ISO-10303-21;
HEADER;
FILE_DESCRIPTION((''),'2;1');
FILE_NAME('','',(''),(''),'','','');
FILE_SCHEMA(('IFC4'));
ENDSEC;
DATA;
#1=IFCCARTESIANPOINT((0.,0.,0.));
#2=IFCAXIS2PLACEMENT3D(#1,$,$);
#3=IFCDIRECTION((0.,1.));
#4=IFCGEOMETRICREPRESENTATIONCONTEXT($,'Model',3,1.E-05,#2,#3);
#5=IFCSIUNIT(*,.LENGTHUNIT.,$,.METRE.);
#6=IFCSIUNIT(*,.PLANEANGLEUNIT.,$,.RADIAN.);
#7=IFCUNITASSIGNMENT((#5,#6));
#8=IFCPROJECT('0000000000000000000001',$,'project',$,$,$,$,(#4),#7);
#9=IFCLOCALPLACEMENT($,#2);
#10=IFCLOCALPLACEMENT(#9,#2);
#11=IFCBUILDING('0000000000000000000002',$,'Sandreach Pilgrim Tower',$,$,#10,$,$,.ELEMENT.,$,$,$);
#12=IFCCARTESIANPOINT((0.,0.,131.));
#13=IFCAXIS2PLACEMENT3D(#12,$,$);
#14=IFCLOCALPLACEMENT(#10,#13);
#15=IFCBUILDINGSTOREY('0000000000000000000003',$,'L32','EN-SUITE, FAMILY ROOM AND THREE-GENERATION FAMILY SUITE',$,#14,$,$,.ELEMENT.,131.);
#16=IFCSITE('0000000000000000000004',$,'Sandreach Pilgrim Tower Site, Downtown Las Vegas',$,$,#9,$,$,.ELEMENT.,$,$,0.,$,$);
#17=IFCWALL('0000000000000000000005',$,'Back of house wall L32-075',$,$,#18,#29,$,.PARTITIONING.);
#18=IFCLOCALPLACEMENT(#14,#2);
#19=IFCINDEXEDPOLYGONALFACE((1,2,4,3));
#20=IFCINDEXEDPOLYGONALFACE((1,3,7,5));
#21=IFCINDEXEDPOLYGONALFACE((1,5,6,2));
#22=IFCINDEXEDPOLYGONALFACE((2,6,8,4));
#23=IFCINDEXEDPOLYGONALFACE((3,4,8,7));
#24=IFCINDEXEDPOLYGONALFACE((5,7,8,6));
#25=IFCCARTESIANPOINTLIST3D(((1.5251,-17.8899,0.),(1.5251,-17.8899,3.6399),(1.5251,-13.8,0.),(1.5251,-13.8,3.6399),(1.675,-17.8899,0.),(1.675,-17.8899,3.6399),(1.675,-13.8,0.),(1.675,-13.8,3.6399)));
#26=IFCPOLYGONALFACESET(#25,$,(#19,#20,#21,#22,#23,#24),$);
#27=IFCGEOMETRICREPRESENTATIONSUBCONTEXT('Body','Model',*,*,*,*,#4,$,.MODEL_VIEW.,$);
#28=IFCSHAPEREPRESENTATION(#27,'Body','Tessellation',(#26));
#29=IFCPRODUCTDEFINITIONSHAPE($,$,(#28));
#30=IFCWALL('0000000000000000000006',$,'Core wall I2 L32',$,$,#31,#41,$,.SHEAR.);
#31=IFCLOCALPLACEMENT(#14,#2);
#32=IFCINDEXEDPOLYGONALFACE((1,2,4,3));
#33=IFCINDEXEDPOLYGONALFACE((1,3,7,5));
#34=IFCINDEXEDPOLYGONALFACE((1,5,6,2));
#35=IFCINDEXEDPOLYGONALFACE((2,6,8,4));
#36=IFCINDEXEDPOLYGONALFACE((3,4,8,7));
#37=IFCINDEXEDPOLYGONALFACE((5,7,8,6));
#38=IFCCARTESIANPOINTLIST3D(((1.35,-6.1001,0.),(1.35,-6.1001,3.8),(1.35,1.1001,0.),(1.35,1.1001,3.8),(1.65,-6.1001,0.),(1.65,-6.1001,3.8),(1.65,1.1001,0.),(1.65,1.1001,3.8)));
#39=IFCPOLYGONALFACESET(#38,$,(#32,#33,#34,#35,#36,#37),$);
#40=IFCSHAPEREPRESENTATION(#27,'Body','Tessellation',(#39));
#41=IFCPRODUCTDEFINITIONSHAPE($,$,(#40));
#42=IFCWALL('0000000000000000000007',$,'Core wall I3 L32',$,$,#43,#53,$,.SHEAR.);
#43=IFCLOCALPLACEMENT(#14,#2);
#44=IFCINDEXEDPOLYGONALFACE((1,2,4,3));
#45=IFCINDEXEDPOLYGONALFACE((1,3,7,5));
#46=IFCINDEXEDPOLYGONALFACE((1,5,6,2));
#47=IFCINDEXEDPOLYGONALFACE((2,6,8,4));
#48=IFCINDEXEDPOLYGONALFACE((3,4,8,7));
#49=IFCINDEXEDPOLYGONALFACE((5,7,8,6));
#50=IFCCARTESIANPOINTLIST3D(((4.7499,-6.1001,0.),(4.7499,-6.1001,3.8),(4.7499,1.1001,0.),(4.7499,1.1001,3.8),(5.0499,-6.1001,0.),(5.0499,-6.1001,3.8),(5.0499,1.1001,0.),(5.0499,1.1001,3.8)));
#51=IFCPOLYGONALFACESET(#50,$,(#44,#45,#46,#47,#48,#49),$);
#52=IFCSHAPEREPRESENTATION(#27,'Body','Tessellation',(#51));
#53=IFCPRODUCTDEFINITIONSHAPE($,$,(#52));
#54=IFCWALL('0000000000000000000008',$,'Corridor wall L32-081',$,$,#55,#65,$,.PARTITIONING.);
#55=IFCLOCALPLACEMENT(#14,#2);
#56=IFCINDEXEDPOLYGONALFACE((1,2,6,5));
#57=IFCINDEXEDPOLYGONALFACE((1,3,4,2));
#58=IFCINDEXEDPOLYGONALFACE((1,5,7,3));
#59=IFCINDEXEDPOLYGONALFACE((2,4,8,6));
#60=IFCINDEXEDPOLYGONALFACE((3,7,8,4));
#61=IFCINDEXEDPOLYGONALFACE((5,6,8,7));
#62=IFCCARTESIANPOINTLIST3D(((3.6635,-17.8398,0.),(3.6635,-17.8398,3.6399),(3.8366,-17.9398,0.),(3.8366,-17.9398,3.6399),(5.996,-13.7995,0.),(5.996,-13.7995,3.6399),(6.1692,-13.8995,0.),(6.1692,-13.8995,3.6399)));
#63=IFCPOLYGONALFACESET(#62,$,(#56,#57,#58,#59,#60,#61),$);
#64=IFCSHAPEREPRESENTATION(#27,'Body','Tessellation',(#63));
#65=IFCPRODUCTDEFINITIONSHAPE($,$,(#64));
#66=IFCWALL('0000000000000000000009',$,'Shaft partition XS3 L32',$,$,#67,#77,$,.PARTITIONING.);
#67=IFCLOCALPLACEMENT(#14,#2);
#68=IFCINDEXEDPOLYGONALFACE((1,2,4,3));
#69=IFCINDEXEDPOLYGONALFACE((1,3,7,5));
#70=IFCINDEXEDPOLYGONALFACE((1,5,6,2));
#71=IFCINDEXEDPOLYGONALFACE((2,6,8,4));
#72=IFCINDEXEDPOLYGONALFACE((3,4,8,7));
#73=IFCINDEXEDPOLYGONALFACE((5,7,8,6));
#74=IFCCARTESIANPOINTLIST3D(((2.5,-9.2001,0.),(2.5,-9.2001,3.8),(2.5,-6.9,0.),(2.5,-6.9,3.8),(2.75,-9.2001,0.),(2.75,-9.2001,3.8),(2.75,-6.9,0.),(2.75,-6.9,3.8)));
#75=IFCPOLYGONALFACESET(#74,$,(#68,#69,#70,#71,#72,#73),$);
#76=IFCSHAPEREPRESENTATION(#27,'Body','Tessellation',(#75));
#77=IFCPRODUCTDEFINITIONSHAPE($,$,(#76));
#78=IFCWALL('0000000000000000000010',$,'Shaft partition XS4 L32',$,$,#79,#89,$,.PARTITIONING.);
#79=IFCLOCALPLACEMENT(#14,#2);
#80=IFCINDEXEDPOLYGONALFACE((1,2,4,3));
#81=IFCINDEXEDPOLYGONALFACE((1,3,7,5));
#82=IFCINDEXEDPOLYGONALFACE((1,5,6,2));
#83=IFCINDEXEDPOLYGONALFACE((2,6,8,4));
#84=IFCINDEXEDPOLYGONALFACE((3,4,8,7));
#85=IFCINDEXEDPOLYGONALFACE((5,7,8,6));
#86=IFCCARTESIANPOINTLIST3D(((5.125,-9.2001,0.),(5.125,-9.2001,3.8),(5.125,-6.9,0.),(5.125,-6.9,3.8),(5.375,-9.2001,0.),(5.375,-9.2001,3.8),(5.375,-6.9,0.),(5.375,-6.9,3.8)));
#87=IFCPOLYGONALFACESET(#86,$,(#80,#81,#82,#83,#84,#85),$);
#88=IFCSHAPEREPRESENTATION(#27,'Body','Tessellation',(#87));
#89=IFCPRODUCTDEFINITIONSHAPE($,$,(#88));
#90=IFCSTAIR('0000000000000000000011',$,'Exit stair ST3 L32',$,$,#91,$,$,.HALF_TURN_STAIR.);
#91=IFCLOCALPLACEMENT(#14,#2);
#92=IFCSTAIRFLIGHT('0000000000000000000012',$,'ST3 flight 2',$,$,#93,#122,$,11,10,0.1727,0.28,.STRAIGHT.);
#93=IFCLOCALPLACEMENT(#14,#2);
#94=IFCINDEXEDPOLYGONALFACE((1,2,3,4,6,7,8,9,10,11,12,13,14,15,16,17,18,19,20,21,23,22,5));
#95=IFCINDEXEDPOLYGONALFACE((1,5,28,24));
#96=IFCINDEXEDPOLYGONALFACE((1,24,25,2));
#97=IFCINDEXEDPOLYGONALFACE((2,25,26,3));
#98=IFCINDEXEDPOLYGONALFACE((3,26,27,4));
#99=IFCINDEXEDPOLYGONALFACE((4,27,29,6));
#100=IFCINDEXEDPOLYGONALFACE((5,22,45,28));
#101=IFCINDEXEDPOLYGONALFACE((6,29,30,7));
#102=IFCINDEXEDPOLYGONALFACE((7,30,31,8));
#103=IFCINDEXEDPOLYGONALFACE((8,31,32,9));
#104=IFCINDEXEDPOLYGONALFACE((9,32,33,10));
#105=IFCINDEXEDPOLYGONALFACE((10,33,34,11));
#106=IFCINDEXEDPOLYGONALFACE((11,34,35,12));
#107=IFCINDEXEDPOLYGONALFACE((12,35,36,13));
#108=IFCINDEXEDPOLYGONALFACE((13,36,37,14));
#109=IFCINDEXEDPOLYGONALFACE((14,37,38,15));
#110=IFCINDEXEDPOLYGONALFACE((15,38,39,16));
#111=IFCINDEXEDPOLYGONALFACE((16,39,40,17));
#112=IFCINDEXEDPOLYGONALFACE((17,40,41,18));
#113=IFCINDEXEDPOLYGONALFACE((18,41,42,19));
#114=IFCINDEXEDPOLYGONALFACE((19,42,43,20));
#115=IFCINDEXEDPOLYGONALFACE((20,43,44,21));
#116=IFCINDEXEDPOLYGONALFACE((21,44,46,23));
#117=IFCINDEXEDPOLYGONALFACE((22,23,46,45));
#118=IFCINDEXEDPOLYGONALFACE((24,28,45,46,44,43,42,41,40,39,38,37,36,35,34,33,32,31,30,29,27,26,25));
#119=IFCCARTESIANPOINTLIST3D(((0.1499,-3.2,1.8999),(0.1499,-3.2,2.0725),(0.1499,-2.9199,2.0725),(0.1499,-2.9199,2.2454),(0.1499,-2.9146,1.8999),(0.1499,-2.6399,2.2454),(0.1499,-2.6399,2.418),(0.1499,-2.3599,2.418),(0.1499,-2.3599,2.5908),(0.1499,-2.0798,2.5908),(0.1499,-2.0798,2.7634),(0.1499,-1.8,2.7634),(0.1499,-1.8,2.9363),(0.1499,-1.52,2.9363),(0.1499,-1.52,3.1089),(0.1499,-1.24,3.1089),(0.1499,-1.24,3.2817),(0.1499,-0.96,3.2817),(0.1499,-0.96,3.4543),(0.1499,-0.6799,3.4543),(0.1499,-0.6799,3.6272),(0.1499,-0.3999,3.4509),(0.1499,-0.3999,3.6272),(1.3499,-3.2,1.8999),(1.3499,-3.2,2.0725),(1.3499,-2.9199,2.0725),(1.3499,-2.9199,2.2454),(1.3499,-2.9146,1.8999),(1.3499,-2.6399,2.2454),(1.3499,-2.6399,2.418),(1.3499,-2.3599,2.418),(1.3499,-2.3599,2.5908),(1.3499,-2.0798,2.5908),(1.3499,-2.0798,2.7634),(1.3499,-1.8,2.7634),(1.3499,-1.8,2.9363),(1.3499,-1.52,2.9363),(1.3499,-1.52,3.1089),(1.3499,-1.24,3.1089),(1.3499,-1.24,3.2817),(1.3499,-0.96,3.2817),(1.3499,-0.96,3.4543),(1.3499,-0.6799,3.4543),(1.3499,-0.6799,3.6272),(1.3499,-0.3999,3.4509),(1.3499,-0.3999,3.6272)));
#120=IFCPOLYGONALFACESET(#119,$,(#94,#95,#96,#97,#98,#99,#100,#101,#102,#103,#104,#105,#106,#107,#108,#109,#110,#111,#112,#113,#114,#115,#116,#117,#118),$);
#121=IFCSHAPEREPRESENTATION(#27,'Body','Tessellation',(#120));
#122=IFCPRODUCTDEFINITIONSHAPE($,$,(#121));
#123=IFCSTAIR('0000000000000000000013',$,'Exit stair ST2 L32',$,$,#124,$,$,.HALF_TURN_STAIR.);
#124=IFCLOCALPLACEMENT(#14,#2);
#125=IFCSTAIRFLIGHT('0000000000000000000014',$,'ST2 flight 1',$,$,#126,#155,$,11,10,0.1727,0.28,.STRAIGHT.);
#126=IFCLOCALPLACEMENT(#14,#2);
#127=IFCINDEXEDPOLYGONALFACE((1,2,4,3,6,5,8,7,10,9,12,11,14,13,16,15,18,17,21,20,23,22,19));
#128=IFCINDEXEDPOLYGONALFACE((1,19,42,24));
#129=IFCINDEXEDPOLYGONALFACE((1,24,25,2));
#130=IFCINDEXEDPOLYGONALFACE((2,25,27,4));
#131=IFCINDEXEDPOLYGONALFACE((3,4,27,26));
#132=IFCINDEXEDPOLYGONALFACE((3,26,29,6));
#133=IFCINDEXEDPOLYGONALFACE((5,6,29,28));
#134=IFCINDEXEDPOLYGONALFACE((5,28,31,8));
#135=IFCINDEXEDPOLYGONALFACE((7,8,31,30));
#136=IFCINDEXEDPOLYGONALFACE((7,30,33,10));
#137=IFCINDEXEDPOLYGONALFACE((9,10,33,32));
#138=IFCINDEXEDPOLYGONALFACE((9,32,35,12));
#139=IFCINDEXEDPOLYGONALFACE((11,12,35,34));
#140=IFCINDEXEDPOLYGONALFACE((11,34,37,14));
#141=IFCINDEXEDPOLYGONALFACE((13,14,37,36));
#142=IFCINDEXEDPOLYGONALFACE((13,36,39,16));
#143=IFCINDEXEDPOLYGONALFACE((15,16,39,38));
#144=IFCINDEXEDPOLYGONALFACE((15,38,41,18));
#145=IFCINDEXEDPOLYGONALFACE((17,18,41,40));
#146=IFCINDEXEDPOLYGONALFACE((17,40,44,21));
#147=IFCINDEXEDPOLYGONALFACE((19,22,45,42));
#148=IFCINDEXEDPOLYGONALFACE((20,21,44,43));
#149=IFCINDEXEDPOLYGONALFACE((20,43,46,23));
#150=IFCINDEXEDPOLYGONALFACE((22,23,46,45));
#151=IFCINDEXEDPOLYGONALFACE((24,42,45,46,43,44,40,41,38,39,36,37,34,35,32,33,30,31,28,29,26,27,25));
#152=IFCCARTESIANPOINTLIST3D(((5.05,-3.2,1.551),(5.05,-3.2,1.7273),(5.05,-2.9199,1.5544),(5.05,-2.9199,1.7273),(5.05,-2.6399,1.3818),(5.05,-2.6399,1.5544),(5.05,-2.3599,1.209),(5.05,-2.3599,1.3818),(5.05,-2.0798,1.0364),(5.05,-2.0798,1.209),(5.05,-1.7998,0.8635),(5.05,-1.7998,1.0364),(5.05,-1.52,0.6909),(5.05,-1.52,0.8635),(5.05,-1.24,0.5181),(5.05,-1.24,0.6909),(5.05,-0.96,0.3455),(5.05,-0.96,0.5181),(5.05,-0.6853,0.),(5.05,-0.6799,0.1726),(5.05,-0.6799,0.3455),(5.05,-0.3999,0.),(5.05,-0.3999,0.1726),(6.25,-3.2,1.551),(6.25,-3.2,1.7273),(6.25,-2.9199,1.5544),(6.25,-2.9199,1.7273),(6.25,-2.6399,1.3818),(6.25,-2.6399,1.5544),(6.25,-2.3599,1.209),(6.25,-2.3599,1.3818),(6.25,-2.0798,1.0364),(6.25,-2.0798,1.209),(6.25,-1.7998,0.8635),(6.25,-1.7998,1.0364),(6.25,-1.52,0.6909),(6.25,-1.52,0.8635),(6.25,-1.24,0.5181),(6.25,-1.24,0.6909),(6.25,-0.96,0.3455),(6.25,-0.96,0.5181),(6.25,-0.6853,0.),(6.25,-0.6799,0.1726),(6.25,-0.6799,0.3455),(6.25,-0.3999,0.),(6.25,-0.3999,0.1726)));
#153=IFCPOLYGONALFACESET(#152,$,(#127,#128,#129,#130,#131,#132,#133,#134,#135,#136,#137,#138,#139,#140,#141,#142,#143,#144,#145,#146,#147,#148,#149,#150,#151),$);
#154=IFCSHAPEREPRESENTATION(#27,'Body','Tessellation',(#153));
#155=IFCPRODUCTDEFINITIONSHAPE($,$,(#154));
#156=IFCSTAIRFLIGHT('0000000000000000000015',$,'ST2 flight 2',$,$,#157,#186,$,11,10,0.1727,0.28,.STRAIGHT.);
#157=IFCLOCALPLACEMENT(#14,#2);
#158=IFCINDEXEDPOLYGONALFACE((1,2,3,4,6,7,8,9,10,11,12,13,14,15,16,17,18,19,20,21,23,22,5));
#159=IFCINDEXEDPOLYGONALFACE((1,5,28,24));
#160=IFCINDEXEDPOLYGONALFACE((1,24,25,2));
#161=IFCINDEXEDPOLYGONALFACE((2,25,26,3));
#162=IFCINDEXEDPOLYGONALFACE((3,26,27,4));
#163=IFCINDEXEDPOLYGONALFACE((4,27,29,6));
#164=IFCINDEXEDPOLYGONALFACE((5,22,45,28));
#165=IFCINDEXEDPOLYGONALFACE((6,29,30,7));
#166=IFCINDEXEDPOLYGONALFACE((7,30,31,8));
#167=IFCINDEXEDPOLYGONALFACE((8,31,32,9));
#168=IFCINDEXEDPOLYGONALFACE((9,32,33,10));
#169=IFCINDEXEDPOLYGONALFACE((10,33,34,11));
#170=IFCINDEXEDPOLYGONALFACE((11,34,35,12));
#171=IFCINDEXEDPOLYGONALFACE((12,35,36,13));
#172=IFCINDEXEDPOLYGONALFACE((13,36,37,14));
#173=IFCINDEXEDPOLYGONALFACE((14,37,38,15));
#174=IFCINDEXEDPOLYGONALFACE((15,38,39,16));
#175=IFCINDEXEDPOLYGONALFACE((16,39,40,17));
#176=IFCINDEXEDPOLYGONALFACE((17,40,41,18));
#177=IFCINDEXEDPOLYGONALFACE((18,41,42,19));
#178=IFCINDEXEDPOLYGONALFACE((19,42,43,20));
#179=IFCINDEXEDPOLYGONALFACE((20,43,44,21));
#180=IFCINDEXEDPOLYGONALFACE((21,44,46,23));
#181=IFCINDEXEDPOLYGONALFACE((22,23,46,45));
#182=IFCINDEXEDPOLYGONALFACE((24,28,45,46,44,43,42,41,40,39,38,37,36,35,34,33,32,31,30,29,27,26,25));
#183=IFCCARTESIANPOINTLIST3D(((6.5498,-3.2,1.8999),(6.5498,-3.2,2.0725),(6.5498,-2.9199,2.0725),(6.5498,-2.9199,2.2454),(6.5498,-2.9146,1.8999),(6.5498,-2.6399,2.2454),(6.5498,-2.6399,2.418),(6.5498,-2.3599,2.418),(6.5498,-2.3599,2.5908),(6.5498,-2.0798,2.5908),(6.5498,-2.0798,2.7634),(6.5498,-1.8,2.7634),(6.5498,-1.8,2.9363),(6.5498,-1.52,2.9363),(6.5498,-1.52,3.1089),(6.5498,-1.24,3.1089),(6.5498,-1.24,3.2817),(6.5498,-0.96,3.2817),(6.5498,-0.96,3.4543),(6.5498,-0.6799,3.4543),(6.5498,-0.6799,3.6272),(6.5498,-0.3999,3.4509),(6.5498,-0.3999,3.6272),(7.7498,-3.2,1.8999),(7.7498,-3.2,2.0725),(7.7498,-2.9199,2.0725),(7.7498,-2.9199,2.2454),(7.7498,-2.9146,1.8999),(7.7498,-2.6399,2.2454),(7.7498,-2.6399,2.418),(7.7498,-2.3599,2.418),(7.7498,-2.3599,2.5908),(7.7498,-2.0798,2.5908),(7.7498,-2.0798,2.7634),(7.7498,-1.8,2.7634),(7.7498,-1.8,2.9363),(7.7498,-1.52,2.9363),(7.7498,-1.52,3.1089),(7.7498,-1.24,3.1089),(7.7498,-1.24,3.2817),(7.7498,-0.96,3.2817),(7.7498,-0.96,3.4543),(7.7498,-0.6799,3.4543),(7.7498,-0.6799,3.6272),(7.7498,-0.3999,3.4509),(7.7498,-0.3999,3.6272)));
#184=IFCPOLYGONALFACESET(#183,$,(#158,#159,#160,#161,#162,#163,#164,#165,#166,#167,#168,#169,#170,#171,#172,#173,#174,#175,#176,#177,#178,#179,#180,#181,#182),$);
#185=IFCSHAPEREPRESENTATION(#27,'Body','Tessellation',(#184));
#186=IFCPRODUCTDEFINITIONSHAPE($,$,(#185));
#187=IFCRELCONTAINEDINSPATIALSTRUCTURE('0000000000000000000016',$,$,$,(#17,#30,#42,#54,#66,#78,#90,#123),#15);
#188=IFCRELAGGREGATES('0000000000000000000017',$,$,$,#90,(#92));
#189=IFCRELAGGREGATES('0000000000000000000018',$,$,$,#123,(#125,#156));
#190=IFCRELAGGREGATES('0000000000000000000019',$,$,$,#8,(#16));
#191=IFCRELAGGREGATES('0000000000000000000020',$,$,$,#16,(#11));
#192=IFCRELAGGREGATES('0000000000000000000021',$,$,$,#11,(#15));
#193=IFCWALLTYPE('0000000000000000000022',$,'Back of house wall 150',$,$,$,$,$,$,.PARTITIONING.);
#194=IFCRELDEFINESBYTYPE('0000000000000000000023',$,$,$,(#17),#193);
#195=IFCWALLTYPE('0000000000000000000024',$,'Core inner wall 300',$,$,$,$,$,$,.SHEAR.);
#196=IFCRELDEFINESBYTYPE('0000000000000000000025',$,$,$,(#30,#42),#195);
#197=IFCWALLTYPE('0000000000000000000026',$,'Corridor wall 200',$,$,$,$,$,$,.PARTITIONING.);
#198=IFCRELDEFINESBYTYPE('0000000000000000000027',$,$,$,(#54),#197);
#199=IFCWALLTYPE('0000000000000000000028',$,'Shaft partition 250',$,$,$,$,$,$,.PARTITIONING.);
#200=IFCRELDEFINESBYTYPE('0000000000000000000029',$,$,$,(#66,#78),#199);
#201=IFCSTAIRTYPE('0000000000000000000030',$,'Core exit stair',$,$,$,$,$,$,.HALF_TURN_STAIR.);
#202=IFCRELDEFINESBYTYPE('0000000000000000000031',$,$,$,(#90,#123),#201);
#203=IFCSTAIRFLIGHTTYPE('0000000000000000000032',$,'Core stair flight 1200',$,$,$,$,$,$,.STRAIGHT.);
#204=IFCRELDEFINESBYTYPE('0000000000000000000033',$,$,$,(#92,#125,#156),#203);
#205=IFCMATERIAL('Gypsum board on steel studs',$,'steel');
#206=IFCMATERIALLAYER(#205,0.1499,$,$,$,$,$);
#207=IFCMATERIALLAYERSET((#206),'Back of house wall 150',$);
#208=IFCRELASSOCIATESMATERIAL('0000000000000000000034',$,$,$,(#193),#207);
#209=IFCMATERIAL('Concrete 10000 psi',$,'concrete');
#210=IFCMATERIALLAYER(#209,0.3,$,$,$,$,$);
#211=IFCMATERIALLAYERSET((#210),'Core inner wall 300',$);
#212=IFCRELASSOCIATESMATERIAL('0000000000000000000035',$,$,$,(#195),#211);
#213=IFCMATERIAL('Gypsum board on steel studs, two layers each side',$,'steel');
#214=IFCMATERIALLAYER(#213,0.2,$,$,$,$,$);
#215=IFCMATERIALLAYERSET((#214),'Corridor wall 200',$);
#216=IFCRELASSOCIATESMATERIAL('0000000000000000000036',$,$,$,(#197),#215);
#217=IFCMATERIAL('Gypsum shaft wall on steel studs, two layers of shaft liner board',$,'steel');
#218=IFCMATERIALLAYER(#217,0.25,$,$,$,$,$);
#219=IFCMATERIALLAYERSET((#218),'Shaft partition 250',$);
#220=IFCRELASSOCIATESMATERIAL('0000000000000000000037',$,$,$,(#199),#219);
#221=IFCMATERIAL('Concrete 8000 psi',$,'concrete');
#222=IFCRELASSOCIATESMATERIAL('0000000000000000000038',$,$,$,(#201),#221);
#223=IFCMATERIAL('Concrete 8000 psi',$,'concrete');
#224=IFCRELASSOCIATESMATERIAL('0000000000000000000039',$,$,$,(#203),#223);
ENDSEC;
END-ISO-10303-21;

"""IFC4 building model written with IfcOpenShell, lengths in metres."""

from ifc_helpers import new_model, si_unit, direction, frame, frame_2d, origin, place, context, subcontext, project, spatial, polyline, rectangle, outline, extrude, material, layer, layer_set, type_object, element, aggregate, save


model = new_model("IFC4")

# Units and contexts
model_context = context("Model", 3, precision=1e-05, world=origin(), true_north=direction((0.0, 1.0)))
body_context = subcontext(model_context, "Body", "Model", "MODEL_VIEW")
ifc_project = project(units=[si_unit("LENGTHUNIT", "METRE"), si_unit("PLANEANGLEUNIT", "RADIAN")], contexts=[model_context])

# Site, building, storey
site_placement = place(None, origin())
site = spatial("IfcSite", under=ifc_project, at=site_placement, Name="Sandreach Pilgrim Tower Site, Downtown Las Vegas", CompositionType="ELEMENT", RefElevation=0.0)
building_placement = place(site_placement, origin())
building = spatial("IfcBuilding", under=site, at=building_placement, Name="Sandreach Pilgrim Tower", CompositionType="ELEMENT")
storey_placement = place(building_placement, frame((0.0, 0.0, 131.0)))
storey = spatial("IfcBuildingStorey", under=building, at=storey_placement, Name="L32", Description="EN-SUITE, FAMILY ROOM AND THREE-GENERATION FAMILY SUITE", CompositionType="ELEMENT", Elevation=131.0)

# Walls
ifc_material_1 = material(Name="Gypsum board on steel studs", Category="steel")
ifc_layer_1 = layer(ifc_material_1, 0.1499)
ifc_layer_set_1 = layer_set([ifc_layer_1], Name="Back of house wall 150")
wall_type_1 = type_object("IfcWallType", Name="Back of house wall 150", PredefinedType="PARTITIONING", material=ifc_layer_set_1)
wall_1_placement = place(storey_placement, frame((1.6001, -13.8, 0.0), z_axis=(0.0, 0.0, 1.0), x_axis=(0.0, -1.0, 0.0)))
element("IfcWall", 1, at=wall_1_placement, inside=storey, type_object=wall_type_1, Name="Back of house wall L32-075", PredefinedType="PARTITIONING", context=body_context, shape_type="SweptSolid", body=[
    extrude(rectangle(XDim=4.0898, YDim=0.1499, at=frame_2d((2.0449, 0.0))), origin(), (0.0, 0.0, 1.0), 3.6399),
])
ifc_material_2 = material(Name="Concrete 10000 psi", Category="concrete")
ifc_layer_2 = layer(ifc_material_2, 0.3)
ifc_layer_set_2 = layer_set([ifc_layer_2], Name="Core inner wall 300")
wall_type_2 = type_object("IfcWallType", Name="Core inner wall 300", PredefinedType="SHEAR", material=ifc_layer_set_2)
for number, where, z_axis, x_axis, name in (
    (2, (1.5, -6.1001, 0.0), (0.0, 0.0, 1.0), (0.0, 1.0, 0.0), "Core wall I2 L32"),
    (3, (4.8999, -6.1001, 0.0), (0.0, 0.0, 1.0), (0.0, 1.0, 0.0), "Core wall I3 L32"),
):
    element("IfcWall", number, at=place(storey_placement, frame(where, z_axis=z_axis, x_axis=x_axis)), inside=storey, type_object=wall_type_2, Name=name, PredefinedType="SHEAR", context=body_context, shape_type="SweptSolid", body=[
        extrude(rectangle(XDim=7.2002, YDim=0.3, at=frame_2d((3.6001, 0.0))), origin(), (0.0, 0.0, 1.0), 3.8),
    ])

# Walls
ifc_material_3 = material(Name="Gypsum board on steel studs, two layers each side", Category="steel")
ifc_layer_3 = layer(ifc_material_3, 0.2)
ifc_layer_set_3 = layer_set([ifc_layer_3], Name="Corridor wall 200")
wall_type_3 = type_object("IfcWallType", Name="Corridor wall 200", PredefinedType="PARTITIONING", material=ifc_layer_set_3)
wall_2_placement = place(storey_placement, frame((6.0825, -13.8496, 0.0), z_axis=(0.0, 0.0, 1.0), x_axis=(-0.499978, -0.866038, 0.0)))
element("IfcWall", 4, at=wall_2_placement, inside=storey, type_object=wall_type_3, Name="Corridor wall L32-081", PredefinedType="PARTITIONING", context=body_context, shape_type="SweptSolid", body=[
    extrude(rectangle(XDim=4.6653, YDim=0.2, at=frame_2d((2.3325, 0.0))), origin(), (0.0, 0.0, 1.0), 3.6399),
])
ifc_material_4 = material(Name="Gypsum shaft wall on steel studs, two layers of shaft liner board", Category="steel")
ifc_layer_4 = layer(ifc_material_4, 0.25)
ifc_layer_set_4 = layer_set([ifc_layer_4], Name="Shaft partition 250")
wall_type_4 = type_object("IfcWallType", Name="Shaft partition 250", PredefinedType="PARTITIONING", material=ifc_layer_set_4)
for number, where, z_axis, x_axis, name in (
    (5, (2.625, -9.2, 0.0), (0.0, 0.0, 1.0), (0.0, 1.0, 0.0), "Shaft partition XS3 L32"),
    (6, (5.25, -9.2, 0.0), (0.0, 0.0, 1.0), (0.0, 1.0, 0.0), "Shaft partition XS4 L32"),
):
    element("IfcWall", number, at=place(storey_placement, frame(where, z_axis=z_axis, x_axis=x_axis)), inside=storey, type_object=wall_type_4, Name=name, PredefinedType="PARTITIONING", context=body_context, shape_type="SweptSolid", body=[
        extrude(rectangle(XDim=2.3, YDim=0.25, at=frame_2d((1.1499, 0.0))), origin(), (0.0, 0.0, 1.0), 3.8),
    ])

# Stair, stair flight
ifc_material_5 = material(Name="Concrete 8000 psi", Category="concrete")
stair_type = type_object("IfcStairType", Name="Core exit stair", PredefinedType="HALF_TURN_STAIR", material=ifc_material_5)
stair_1_placement = place(storey_placement, origin())
stair_1 = element("IfcStair", 7, at=stair_1_placement, inside=storey, type_object=stair_type, Name="Exit stair ST3 L32", PredefinedType="HALF_TURN_STAIR")
ifc_material_6 = material(Name="Concrete 8000 psi", Category="concrete")
stair_flight_type = type_object("IfcStairFlightType", Name="Core stair flight 1200", PredefinedType="STRAIGHT", material=ifc_material_6)
stair_flight_1_placement = place(storey_placement, frame((0.75, -3.2, 1.8999), z_axis=(0.0, 0.0, 1.0), x_axis=(0.0, 1.0, 0.0)))
stair_flight_1 = element("IfcStairFlight", 8, at=stair_flight_1_placement, type_object=stair_flight_type, Name="ST3 flight 2", NumberOfRisers=11, NumberOfTreads=10, PredefinedType="STRAIGHT", RiserHeight=0.1727, TreadLength=0.28, context=body_context, shape_type="SweptSolid", body=[
    extrude(outline(polyline([(0.0, 0.0), (0.0, 0.1726), (0.28, 0.1726), (0.28, 0.3455), (0.5601, 0.3455), (0.5601, 0.5181), (0.8401, 0.5181), (0.8401, 0.6909), (1.1201, 0.6909), (1.1201, 0.8635), (1.3999, 0.8635), (1.3999, 1.0364), (1.6799, 1.0364), (1.6799, 1.209), (1.96, 1.209), (1.96, 1.3818), (2.24, 1.3818), (2.24, 1.5544), (2.52, 1.5544), (2.52, 1.7273), (2.8, 1.7273), (2.8, 1.8999), (2.8, 1.551), (0.2854, 0.0), (0.0, 0.0)])), frame((0.0, 0.6001, 0.0), z_axis=(0.0, -1.0, 0.0), x_axis=(1.0, 0.0, 0.0)), (0.0, 0.0, 1.0), 1.2),
])
aggregate(stair_1, [stair_flight_1])

# Stair, stair flights
stair_2_placement = place(storey_placement, origin())
stair_2 = element("IfcStair", 9, at=stair_2_placement, inside=storey, type_object=stair_type, Name="Exit stair ST2 L32", PredefinedType="HALF_TURN_STAIR")
stair_flight_2_placement = place(storey_placement, frame((5.6499, -0.3999, 0.0), z_axis=(0.0, 0.0, 1.0), x_axis=(0.0, -1.0, 0.0)))
stair_flight_2 = element("IfcStairFlight", 10, at=stair_flight_2_placement, type_object=stair_flight_type, Name="ST2 flight 1", NumberOfRisers=11, NumberOfTreads=10, PredefinedType="STRAIGHT", RiserHeight=0.1727, TreadLength=0.28, context=body_context, shape_type="SweptSolid", body=[
    extrude(outline(polyline([(0.0, 0.0), (0.0, 0.1726), (0.28, 0.1726), (0.28, 0.3455), (0.5601, 0.3455), (0.5601, 0.5181), (0.8401, 0.5181), (0.8401, 0.6909), (1.1201, 0.6909), (1.1201, 0.8635), (1.3999, 0.8635), (1.3999, 1.0364), (1.6799, 1.0364), (1.6799, 1.209), (1.96, 1.209), (1.96, 1.3818), (2.24, 1.3818), (2.24, 1.5544), (2.52, 1.5544), (2.52, 1.7273), (2.8, 1.7273), (2.8, 1.8999), (2.8, 1.551), (0.2854, 0.0), (0.0, 0.0)])), frame((0.0, 0.6001, 0.0), z_axis=(0.0, -1.0, 0.0), x_axis=(1.0, 0.0, 0.0)), (0.0, 0.0, 1.0), 1.2),
])
stair_flight_3_placement = place(storey_placement, frame((7.1499, -3.2, 1.8999), z_axis=(0.0, 0.0, 1.0), x_axis=(0.0, 1.0, 0.0)))
stair_flight_3 = element("IfcStairFlight", 11, at=stair_flight_3_placement, type_object=stair_flight_type, Name="ST2 flight 2", NumberOfRisers=11, NumberOfTreads=10, PredefinedType="STRAIGHT", RiserHeight=0.1727, TreadLength=0.28, context=body_context, shape_type="SweptSolid", body=[
    extrude(outline(polyline([(0.0, 0.0), (0.0, 0.1726), (0.28, 0.1726), (0.28, 0.3455), (0.5601, 0.3455), (0.5601, 0.5181), (0.8401, 0.5181), (0.8401, 0.6909), (1.1201, 0.6909), (1.1201, 0.8635), (1.3999, 0.8635), (1.3999, 1.0364), (1.6799, 1.0364), (1.6799, 1.209), (1.96, 1.209), (1.96, 1.3818), (2.24, 1.3818), (2.24, 1.5544), (2.52, 1.5544), (2.52, 1.7273), (2.8, 1.7273), (2.8, 1.8999), (2.8, 1.551), (0.2854, 0.0), (0.0, 0.0)])), frame((0.0, 0.6001, 0.0), z_axis=(0.0, -1.0, 0.0), x_axis=(1.0, 0.0, 0.0)), (0.0, 0.0, 1.0), 1.2),
])
aggregate(stair_2, [stair_flight_2, stair_flight_3])

save(model, "model.ifc")
